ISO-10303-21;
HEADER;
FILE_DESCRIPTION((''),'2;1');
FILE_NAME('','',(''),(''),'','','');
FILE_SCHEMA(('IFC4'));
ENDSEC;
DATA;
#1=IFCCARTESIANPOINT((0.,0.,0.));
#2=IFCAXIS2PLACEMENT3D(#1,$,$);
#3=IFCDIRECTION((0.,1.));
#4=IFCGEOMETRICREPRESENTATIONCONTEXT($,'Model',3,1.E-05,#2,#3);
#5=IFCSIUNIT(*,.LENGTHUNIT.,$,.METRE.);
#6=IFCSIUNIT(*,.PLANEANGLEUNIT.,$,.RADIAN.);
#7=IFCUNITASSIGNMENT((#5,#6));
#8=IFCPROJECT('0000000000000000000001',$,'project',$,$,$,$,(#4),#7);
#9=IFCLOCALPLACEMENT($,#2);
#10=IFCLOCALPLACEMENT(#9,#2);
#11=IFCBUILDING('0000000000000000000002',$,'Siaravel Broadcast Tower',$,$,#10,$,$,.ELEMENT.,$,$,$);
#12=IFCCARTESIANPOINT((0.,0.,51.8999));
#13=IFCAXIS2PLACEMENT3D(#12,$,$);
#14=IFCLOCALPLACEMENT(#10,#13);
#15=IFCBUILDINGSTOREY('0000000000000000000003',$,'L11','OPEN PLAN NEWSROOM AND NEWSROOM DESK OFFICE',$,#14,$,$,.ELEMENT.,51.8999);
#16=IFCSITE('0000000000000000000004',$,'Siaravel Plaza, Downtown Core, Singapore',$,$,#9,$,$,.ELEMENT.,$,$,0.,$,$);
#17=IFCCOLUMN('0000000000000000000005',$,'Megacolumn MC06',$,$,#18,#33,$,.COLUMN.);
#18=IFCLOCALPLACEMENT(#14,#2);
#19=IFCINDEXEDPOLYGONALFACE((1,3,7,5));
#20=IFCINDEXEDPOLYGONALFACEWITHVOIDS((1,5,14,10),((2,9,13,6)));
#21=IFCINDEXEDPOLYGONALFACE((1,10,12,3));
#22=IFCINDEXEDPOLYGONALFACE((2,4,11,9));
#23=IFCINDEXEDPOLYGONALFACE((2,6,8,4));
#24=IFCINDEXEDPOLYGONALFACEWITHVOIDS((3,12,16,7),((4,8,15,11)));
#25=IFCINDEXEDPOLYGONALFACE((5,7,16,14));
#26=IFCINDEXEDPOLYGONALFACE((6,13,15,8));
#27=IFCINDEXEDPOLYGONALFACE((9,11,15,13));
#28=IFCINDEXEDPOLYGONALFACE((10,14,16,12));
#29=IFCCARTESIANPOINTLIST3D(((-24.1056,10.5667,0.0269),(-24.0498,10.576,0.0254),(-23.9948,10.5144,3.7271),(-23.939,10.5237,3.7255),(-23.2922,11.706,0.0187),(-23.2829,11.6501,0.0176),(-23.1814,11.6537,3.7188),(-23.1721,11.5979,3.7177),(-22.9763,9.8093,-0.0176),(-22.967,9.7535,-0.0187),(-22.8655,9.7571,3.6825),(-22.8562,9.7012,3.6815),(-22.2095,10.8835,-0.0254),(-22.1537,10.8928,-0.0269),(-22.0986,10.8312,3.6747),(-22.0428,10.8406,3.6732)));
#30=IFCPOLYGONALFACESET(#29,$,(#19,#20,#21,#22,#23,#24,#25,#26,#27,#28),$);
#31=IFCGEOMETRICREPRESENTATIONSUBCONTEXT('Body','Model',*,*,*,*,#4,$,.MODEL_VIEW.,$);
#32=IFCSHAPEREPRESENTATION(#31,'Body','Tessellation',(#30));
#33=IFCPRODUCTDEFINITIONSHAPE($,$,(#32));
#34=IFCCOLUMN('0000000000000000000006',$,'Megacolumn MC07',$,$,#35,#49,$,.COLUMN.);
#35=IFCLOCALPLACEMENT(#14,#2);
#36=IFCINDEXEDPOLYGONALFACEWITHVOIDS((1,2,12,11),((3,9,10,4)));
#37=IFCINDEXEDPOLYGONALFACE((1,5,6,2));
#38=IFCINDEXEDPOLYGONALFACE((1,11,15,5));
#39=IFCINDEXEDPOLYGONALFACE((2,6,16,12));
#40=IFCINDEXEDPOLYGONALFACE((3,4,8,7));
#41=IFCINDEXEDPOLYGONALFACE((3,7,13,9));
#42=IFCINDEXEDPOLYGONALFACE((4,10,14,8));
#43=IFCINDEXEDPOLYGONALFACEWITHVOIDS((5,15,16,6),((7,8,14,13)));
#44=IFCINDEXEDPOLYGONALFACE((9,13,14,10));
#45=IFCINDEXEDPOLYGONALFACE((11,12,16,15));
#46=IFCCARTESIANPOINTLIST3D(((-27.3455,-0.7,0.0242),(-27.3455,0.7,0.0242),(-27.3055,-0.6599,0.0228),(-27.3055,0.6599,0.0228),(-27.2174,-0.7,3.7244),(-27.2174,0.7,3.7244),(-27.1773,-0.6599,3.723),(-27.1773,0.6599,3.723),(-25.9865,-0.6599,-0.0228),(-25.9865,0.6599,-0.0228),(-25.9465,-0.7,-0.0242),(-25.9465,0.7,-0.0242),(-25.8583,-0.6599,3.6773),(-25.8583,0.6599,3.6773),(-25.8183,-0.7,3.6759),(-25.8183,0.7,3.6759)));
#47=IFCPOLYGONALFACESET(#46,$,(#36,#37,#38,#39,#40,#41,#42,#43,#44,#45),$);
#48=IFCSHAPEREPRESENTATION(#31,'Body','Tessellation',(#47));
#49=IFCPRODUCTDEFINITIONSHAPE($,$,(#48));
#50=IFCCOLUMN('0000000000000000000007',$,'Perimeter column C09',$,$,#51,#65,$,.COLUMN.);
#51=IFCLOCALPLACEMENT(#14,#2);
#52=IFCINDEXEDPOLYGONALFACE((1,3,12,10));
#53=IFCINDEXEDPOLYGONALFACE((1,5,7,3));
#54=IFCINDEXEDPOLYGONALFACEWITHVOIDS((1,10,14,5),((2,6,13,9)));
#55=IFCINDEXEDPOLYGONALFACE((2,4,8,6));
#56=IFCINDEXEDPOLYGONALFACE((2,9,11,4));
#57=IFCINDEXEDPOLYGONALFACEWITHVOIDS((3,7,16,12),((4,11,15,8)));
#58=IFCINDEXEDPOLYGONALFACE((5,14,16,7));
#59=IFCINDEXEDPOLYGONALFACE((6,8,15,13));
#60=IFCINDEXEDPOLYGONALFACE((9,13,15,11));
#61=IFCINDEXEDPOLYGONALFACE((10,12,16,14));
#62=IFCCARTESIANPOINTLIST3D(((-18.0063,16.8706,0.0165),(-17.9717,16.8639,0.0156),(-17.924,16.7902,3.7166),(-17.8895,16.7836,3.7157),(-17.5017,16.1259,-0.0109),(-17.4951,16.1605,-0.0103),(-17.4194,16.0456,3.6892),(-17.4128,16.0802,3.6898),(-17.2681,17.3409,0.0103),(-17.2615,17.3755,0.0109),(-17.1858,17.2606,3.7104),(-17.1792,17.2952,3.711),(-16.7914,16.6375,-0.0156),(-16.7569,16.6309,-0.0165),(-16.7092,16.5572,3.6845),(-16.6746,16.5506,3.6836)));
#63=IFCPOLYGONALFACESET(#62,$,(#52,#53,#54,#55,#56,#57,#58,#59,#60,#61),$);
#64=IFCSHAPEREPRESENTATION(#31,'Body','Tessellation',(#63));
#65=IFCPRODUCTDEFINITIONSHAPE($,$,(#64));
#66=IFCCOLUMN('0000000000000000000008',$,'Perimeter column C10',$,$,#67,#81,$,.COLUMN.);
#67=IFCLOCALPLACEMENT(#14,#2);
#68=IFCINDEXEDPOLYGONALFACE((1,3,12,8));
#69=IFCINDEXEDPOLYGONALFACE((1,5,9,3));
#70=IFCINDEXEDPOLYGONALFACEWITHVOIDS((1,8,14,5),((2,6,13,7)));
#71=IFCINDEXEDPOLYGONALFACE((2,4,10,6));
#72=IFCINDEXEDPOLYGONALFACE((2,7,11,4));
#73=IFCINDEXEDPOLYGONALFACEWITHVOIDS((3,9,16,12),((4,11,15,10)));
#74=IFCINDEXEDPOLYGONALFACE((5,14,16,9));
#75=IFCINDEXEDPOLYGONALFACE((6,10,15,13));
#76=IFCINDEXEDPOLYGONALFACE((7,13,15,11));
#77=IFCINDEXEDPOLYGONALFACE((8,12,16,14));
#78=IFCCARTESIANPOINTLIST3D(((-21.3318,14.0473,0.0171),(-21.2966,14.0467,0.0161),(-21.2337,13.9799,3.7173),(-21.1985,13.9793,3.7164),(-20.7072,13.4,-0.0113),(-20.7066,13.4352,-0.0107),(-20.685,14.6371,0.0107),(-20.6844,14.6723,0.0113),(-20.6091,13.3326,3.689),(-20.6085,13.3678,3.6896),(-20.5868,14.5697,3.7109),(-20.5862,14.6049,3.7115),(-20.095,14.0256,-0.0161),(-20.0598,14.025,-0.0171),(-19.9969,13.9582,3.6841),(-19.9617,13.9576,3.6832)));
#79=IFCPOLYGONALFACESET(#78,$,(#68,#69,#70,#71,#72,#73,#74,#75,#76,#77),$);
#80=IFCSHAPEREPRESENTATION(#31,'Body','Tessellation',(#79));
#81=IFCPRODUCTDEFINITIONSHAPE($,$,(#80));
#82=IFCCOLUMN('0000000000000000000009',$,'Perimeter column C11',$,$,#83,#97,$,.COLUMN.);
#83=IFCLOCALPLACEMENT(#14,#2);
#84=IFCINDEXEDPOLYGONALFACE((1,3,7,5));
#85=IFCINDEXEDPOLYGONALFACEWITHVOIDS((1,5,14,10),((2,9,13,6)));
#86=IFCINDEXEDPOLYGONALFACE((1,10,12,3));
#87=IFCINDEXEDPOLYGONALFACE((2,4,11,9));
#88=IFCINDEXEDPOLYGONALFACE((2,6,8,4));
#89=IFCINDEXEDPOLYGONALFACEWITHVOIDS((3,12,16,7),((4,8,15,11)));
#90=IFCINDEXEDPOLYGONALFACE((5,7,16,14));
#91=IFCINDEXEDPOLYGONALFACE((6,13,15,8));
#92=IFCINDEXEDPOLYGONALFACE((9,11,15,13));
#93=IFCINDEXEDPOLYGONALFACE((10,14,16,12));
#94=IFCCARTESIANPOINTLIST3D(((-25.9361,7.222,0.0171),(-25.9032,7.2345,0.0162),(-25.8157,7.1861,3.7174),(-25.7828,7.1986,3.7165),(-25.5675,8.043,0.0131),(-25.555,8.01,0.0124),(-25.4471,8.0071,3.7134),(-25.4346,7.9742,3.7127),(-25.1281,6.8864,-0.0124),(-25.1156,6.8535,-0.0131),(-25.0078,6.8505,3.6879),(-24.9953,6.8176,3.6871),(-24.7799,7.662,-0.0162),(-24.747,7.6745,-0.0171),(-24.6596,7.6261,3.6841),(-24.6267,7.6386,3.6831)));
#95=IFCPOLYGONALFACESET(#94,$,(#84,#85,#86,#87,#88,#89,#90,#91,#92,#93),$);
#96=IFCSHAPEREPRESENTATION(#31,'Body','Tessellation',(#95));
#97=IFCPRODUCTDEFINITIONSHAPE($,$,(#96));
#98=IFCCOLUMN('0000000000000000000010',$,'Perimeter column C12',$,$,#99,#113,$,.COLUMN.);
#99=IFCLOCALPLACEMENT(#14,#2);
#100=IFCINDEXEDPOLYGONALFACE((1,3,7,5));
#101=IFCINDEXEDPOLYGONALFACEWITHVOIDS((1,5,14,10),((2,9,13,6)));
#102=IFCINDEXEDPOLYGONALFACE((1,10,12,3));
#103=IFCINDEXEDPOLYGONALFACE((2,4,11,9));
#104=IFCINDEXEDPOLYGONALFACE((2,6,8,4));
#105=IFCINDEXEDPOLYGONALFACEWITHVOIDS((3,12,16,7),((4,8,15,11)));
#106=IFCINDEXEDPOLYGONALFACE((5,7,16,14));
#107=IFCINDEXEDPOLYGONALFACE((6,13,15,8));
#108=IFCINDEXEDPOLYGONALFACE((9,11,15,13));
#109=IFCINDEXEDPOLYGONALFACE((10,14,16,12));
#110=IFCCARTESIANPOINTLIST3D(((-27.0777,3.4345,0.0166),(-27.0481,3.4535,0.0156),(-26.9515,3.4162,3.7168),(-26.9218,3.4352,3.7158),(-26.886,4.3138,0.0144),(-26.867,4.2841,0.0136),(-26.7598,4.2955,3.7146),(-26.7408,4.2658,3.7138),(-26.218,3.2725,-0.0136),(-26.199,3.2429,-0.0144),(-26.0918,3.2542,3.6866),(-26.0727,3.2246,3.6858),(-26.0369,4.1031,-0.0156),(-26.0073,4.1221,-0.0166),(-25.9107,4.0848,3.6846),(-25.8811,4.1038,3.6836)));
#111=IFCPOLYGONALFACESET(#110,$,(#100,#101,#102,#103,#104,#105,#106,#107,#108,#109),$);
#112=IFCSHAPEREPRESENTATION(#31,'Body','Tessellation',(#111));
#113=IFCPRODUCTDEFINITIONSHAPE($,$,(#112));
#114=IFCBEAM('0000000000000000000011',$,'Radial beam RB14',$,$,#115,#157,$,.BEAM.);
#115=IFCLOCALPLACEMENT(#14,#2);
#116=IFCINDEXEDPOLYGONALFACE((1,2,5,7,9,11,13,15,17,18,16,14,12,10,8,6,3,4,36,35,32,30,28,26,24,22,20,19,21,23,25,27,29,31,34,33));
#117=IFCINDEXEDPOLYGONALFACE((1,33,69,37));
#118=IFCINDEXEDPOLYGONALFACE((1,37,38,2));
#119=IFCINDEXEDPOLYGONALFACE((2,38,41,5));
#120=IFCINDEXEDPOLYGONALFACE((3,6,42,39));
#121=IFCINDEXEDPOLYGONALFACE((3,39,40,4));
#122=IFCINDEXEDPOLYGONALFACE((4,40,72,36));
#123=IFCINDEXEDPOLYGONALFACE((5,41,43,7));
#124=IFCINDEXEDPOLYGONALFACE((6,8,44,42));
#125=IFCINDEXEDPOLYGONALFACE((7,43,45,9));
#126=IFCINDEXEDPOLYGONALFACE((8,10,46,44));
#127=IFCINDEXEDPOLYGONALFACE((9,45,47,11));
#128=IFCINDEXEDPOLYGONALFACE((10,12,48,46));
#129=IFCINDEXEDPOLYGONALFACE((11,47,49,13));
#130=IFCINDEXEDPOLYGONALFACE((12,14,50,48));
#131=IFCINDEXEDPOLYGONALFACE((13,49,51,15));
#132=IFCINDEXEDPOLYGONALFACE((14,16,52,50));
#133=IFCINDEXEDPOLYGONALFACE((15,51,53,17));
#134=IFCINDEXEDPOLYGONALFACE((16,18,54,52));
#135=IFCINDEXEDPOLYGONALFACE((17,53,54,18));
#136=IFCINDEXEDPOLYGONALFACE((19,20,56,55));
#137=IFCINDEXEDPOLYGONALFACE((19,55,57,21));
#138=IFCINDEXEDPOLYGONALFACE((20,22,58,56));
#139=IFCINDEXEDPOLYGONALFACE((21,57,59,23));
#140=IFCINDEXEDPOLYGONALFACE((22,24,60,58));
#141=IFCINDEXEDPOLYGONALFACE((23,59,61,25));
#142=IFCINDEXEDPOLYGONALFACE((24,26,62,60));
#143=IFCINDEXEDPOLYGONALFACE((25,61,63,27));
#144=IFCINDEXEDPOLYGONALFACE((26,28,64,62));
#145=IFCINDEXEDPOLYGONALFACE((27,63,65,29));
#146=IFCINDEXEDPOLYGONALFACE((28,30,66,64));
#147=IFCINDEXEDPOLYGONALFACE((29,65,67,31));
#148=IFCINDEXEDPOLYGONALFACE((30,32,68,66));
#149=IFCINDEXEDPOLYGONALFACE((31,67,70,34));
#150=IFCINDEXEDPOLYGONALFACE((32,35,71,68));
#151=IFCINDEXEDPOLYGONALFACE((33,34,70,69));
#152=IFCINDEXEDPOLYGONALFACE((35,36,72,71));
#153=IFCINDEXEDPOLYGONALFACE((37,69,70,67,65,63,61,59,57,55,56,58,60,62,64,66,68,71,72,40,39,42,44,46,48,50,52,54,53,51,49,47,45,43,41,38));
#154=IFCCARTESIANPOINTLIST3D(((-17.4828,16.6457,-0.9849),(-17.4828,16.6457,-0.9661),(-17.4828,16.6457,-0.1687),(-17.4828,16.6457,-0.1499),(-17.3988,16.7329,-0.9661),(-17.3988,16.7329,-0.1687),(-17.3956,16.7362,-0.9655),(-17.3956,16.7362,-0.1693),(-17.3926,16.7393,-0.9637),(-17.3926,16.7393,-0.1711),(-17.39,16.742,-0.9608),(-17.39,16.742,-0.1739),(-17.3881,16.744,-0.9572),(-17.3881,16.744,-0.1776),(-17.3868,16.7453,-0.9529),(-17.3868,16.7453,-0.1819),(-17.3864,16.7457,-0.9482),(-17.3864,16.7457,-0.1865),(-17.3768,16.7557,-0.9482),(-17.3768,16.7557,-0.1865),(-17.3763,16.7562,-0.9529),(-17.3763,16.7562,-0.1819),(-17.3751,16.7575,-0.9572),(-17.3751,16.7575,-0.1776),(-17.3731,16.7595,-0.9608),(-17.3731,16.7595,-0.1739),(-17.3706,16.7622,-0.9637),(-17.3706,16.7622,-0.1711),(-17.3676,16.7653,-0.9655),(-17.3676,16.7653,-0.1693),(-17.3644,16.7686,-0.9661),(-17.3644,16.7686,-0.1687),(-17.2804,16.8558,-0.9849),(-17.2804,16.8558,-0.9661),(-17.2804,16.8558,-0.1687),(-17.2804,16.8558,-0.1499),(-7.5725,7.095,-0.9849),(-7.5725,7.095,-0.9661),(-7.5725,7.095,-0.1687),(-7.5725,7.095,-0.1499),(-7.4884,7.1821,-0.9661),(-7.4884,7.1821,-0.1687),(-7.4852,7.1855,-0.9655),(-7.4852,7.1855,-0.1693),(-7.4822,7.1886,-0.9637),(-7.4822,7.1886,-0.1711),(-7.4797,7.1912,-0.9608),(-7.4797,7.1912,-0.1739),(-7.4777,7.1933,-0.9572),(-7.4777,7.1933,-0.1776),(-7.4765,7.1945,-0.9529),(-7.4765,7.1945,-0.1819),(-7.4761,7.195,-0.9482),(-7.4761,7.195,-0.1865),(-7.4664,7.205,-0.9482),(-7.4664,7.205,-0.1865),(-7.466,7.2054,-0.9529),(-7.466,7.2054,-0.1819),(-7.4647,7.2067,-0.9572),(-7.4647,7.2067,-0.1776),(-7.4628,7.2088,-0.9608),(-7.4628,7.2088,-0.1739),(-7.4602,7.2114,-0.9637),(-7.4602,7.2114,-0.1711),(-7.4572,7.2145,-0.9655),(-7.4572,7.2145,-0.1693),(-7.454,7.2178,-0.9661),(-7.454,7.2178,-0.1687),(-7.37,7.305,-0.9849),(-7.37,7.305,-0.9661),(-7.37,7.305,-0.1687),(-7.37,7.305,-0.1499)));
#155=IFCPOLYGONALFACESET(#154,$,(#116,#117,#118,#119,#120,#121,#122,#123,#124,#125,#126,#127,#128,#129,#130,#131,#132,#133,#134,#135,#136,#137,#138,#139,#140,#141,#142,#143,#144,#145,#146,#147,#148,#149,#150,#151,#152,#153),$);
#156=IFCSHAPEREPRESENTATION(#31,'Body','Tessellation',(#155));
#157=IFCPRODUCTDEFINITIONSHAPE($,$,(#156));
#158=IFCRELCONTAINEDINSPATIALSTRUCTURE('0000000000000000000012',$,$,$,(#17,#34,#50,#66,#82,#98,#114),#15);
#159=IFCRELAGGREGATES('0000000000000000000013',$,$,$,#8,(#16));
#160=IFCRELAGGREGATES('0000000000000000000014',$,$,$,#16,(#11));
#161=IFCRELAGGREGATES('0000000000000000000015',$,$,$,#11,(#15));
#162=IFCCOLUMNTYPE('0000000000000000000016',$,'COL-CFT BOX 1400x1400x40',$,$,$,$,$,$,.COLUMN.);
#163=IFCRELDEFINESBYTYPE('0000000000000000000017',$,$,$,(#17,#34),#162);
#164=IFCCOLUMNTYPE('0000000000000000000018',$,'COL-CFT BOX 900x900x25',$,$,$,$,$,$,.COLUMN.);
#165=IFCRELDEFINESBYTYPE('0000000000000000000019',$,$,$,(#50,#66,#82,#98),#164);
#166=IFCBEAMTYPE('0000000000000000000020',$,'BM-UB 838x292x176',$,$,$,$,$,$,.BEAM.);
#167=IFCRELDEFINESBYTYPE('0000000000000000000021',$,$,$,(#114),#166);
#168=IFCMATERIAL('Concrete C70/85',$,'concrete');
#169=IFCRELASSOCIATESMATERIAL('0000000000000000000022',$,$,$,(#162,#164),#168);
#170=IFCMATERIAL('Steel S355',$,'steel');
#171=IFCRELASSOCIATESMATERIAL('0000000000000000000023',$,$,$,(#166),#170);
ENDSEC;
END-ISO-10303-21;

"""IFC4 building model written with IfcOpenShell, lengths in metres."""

from ifc_helpers import new_model, si_unit, direction, frame, origin, origin_2d, place, context, subcontext, project, spatial, hollow_rectangle, i_section, extrude, material, material_profile, profile_set, type_object, element, save


model = new_model("IFC4")

# Units and contexts
model_context = context("Model", 3, precision=1e-05, world=origin(), true_north=direction((0.0, 1.0)))
body_context = subcontext(model_context, "Body", "Model", "MODEL_VIEW")
ifc_project = project(units=[si_unit("LENGTHUNIT", "METRE"), si_unit("PLANEANGLEUNIT", "RADIAN")], contexts=[model_context])

# Site, building, storey
site_placement = place(None, origin())
site = spatial("IfcSite", under=ifc_project, at=site_placement, Name="Siaravel Plaza, Downtown Core, Singapore", CompositionType="ELEMENT", RefElevation=0.0)
building_placement = place(site_placement, origin())
building = spatial("IfcBuilding", under=site, at=building_placement, Name="Siaravel Broadcast Tower", CompositionType="ELEMENT")
storey_placement = place(building_placement, frame((0.0, 0.0, 51.8999)))
storey = spatial("IfcBuildingStorey", under=building, at=storey_placement, Name="L11", Description="OPEN PLAN NEWSROOM AND NEWSROOM DESK OFFICE", CompositionType="ELEMENT", Elevation=51.8999)

# Columns
ifc_material_1 = material(Name="Concrete C70/85", Category="concrete")
ifc_material_profile_1 = material_profile(ifc_material_1, hollow_rectangle(XDim=1.3999, YDim=1.3999, WallThickness=0.04, at=origin_2d()))
ifc_profile_set_1 = profile_set([ifc_material_profile_1], Name="Concrete C70/85")
column_type_1 = type_object("IfcColumnType", Name="COL-CFT BOX 1400x1400x40", PredefinedType="COLUMN", material=ifc_profile_set_1)
column_1_placement = place(storey_placement, frame((-23.1296, 10.7297, 0.0), z_axis=(0.029939, -0.014112, 0.999452), x_axis=(0.58102, 0.813867, -0.005913)))
element("IfcColumn", 1, at=column_1_placement, inside=storey, type_object=column_type_1, Name="Megacolumn MC06", PredefinedType="COLUMN", context=body_context, shape_type="SweptSolid", body=[
    extrude(hollow_rectangle(XDim=1.3999, YDim=1.3999, WallThickness=0.04, at=origin_2d()), origin(), (0.0, 0.0, 1.0), 3.7021),
])
column_2_placement = place(storey_placement, frame((-26.646, 0.0, 0.0), z_axis=(0.034619, 0.0, 0.999401), x_axis=(0.0, 1.0, 0.0)))
element("IfcColumn", 2, at=column_2_placement, inside=storey, type_object=column_type_1, Name="Megacolumn MC07", PredefinedType="COLUMN", context=body_context, shape_type="SweptSolid", body=[
    extrude(hollow_rectangle(XDim=1.3999, YDim=1.3999, WallThickness=0.04, at=origin_2d()), origin(), (0.0, 0.0, 1.0), 3.7024),
])
ifc_material_profile_2 = material_profile(ifc_material_1, hollow_rectangle(XDim=0.8999, YDim=0.8999, WallThickness=0.0249, at=origin_2d()))
ifc_profile_set_2 = profile_set([ifc_material_profile_2], Name="Concrete C70/85")
column_type_2 = type_object("IfcColumnType", Name="COL-CFT BOX 900x900x25", PredefinedType="COLUMN", material=ifc_profile_set_2)
column_3_placement = place(storey_placement, frame((-17.3816, 16.7507, 0.0), z_axis=(0.022225, -0.021697, 0.999518), x_axis=(0.827695, 0.561143, -0.006223)))
element("IfcColumn", 3, at=column_3_placement, inside=storey, type_object=column_type_2, Name="Perimeter column C09", PredefinedType="COLUMN", context=body_context, shape_type="SweptSolid", body=[
    extrude(hollow_rectangle(XDim=0.8999, YDim=0.8999, WallThickness=0.0249, at=origin_2d()), origin(), (0.0, 0.0, 1.0), 3.7019),
])
column_4_placement = place(storey_placement, frame((-20.6958, 14.0361, 0.0), z_axis=(0.02651, -0.018201, 0.999483), x_axis=(0.719463, 0.694501, -0.006436)))
element("IfcColumn", 4, at=column_4_placement, inside=storey, type_object=column_type_2, Name="Perimeter column C10", PredefinedType="COLUMN", context=body_context, shape_type="SweptSolid", body=[
    extrude(hollow_rectangle(XDim=0.8999, YDim=0.8999, WallThickness=0.0249, at=origin_2d()), origin(), (0.0, 0.0, 1.0), 3.7021),
])
for number, where, z_axis, x_axis, name in (
    (5, (-25.3416, 7.4482, 0.0), (0.03251, -0.009694, 0.999424), (0.409567, 0.912269, -0.004474), "Perimeter column C11"),
    (6, (-26.5425, 3.7783, 0.0), (0.034092, -0.004946, 0.999406), (0.213009, 0.977047, -0.002431), "Perimeter column C12"),
):
    element("IfcColumn", number, at=place(storey_placement, frame(where, z_axis=z_axis, x_axis=x_axis)), inside=storey, type_object=column_type_2, Name=name, PredefinedType="COLUMN", context=body_context, shape_type="SweptSolid", body=[
        extrude(hollow_rectangle(XDim=0.8999, YDim=0.8999, WallThickness=0.0249, at=origin_2d()), origin(), (0.0, 0.0, 1.0), 3.7024),
    ])

# Beam
ifc_material_2 = material(Name="Steel S355", Category="steel")
ifc_material_profile_3 = material_profile(ifc_material_2, i_section(OverallWidth=0.2917, OverallDepth=0.835, WebThickness=0.0139, FlangeThickness=0.0188, FilletRadius=0.0178, at=origin_2d()))
ifc_profile_set_3 = profile_set([ifc_material_profile_3], Name="Steel S355")
beam_type = type_object("IfcBeamType", Name="BM-UB 838x292x176", PredefinedType="BEAM", material=ifc_profile_set_3)
beam_1_placement = place(storey_placement, frame((-17.3816, 16.7507, -0.5674), z_axis=(0.72005, -0.693922, 0.0), x_axis=(0.693922, 0.72005, 0.0)))
element("IfcBeam", 7, at=beam_1_placement, inside=storey, type_object=beam_type, Name="Radial beam RB14", PredefinedType="BEAM", context=body_context, shape_type="SweptSolid", body=[
    extrude(i_section(OverallWidth=0.2917, OverallDepth=0.835, WebThickness=0.0139, FlangeThickness=0.0188, FilletRadius=0.0178, at=origin_2d()), origin(), (0.0, 0.0, 1.0), 13.7634),
])

save(model, "model.ifc")
